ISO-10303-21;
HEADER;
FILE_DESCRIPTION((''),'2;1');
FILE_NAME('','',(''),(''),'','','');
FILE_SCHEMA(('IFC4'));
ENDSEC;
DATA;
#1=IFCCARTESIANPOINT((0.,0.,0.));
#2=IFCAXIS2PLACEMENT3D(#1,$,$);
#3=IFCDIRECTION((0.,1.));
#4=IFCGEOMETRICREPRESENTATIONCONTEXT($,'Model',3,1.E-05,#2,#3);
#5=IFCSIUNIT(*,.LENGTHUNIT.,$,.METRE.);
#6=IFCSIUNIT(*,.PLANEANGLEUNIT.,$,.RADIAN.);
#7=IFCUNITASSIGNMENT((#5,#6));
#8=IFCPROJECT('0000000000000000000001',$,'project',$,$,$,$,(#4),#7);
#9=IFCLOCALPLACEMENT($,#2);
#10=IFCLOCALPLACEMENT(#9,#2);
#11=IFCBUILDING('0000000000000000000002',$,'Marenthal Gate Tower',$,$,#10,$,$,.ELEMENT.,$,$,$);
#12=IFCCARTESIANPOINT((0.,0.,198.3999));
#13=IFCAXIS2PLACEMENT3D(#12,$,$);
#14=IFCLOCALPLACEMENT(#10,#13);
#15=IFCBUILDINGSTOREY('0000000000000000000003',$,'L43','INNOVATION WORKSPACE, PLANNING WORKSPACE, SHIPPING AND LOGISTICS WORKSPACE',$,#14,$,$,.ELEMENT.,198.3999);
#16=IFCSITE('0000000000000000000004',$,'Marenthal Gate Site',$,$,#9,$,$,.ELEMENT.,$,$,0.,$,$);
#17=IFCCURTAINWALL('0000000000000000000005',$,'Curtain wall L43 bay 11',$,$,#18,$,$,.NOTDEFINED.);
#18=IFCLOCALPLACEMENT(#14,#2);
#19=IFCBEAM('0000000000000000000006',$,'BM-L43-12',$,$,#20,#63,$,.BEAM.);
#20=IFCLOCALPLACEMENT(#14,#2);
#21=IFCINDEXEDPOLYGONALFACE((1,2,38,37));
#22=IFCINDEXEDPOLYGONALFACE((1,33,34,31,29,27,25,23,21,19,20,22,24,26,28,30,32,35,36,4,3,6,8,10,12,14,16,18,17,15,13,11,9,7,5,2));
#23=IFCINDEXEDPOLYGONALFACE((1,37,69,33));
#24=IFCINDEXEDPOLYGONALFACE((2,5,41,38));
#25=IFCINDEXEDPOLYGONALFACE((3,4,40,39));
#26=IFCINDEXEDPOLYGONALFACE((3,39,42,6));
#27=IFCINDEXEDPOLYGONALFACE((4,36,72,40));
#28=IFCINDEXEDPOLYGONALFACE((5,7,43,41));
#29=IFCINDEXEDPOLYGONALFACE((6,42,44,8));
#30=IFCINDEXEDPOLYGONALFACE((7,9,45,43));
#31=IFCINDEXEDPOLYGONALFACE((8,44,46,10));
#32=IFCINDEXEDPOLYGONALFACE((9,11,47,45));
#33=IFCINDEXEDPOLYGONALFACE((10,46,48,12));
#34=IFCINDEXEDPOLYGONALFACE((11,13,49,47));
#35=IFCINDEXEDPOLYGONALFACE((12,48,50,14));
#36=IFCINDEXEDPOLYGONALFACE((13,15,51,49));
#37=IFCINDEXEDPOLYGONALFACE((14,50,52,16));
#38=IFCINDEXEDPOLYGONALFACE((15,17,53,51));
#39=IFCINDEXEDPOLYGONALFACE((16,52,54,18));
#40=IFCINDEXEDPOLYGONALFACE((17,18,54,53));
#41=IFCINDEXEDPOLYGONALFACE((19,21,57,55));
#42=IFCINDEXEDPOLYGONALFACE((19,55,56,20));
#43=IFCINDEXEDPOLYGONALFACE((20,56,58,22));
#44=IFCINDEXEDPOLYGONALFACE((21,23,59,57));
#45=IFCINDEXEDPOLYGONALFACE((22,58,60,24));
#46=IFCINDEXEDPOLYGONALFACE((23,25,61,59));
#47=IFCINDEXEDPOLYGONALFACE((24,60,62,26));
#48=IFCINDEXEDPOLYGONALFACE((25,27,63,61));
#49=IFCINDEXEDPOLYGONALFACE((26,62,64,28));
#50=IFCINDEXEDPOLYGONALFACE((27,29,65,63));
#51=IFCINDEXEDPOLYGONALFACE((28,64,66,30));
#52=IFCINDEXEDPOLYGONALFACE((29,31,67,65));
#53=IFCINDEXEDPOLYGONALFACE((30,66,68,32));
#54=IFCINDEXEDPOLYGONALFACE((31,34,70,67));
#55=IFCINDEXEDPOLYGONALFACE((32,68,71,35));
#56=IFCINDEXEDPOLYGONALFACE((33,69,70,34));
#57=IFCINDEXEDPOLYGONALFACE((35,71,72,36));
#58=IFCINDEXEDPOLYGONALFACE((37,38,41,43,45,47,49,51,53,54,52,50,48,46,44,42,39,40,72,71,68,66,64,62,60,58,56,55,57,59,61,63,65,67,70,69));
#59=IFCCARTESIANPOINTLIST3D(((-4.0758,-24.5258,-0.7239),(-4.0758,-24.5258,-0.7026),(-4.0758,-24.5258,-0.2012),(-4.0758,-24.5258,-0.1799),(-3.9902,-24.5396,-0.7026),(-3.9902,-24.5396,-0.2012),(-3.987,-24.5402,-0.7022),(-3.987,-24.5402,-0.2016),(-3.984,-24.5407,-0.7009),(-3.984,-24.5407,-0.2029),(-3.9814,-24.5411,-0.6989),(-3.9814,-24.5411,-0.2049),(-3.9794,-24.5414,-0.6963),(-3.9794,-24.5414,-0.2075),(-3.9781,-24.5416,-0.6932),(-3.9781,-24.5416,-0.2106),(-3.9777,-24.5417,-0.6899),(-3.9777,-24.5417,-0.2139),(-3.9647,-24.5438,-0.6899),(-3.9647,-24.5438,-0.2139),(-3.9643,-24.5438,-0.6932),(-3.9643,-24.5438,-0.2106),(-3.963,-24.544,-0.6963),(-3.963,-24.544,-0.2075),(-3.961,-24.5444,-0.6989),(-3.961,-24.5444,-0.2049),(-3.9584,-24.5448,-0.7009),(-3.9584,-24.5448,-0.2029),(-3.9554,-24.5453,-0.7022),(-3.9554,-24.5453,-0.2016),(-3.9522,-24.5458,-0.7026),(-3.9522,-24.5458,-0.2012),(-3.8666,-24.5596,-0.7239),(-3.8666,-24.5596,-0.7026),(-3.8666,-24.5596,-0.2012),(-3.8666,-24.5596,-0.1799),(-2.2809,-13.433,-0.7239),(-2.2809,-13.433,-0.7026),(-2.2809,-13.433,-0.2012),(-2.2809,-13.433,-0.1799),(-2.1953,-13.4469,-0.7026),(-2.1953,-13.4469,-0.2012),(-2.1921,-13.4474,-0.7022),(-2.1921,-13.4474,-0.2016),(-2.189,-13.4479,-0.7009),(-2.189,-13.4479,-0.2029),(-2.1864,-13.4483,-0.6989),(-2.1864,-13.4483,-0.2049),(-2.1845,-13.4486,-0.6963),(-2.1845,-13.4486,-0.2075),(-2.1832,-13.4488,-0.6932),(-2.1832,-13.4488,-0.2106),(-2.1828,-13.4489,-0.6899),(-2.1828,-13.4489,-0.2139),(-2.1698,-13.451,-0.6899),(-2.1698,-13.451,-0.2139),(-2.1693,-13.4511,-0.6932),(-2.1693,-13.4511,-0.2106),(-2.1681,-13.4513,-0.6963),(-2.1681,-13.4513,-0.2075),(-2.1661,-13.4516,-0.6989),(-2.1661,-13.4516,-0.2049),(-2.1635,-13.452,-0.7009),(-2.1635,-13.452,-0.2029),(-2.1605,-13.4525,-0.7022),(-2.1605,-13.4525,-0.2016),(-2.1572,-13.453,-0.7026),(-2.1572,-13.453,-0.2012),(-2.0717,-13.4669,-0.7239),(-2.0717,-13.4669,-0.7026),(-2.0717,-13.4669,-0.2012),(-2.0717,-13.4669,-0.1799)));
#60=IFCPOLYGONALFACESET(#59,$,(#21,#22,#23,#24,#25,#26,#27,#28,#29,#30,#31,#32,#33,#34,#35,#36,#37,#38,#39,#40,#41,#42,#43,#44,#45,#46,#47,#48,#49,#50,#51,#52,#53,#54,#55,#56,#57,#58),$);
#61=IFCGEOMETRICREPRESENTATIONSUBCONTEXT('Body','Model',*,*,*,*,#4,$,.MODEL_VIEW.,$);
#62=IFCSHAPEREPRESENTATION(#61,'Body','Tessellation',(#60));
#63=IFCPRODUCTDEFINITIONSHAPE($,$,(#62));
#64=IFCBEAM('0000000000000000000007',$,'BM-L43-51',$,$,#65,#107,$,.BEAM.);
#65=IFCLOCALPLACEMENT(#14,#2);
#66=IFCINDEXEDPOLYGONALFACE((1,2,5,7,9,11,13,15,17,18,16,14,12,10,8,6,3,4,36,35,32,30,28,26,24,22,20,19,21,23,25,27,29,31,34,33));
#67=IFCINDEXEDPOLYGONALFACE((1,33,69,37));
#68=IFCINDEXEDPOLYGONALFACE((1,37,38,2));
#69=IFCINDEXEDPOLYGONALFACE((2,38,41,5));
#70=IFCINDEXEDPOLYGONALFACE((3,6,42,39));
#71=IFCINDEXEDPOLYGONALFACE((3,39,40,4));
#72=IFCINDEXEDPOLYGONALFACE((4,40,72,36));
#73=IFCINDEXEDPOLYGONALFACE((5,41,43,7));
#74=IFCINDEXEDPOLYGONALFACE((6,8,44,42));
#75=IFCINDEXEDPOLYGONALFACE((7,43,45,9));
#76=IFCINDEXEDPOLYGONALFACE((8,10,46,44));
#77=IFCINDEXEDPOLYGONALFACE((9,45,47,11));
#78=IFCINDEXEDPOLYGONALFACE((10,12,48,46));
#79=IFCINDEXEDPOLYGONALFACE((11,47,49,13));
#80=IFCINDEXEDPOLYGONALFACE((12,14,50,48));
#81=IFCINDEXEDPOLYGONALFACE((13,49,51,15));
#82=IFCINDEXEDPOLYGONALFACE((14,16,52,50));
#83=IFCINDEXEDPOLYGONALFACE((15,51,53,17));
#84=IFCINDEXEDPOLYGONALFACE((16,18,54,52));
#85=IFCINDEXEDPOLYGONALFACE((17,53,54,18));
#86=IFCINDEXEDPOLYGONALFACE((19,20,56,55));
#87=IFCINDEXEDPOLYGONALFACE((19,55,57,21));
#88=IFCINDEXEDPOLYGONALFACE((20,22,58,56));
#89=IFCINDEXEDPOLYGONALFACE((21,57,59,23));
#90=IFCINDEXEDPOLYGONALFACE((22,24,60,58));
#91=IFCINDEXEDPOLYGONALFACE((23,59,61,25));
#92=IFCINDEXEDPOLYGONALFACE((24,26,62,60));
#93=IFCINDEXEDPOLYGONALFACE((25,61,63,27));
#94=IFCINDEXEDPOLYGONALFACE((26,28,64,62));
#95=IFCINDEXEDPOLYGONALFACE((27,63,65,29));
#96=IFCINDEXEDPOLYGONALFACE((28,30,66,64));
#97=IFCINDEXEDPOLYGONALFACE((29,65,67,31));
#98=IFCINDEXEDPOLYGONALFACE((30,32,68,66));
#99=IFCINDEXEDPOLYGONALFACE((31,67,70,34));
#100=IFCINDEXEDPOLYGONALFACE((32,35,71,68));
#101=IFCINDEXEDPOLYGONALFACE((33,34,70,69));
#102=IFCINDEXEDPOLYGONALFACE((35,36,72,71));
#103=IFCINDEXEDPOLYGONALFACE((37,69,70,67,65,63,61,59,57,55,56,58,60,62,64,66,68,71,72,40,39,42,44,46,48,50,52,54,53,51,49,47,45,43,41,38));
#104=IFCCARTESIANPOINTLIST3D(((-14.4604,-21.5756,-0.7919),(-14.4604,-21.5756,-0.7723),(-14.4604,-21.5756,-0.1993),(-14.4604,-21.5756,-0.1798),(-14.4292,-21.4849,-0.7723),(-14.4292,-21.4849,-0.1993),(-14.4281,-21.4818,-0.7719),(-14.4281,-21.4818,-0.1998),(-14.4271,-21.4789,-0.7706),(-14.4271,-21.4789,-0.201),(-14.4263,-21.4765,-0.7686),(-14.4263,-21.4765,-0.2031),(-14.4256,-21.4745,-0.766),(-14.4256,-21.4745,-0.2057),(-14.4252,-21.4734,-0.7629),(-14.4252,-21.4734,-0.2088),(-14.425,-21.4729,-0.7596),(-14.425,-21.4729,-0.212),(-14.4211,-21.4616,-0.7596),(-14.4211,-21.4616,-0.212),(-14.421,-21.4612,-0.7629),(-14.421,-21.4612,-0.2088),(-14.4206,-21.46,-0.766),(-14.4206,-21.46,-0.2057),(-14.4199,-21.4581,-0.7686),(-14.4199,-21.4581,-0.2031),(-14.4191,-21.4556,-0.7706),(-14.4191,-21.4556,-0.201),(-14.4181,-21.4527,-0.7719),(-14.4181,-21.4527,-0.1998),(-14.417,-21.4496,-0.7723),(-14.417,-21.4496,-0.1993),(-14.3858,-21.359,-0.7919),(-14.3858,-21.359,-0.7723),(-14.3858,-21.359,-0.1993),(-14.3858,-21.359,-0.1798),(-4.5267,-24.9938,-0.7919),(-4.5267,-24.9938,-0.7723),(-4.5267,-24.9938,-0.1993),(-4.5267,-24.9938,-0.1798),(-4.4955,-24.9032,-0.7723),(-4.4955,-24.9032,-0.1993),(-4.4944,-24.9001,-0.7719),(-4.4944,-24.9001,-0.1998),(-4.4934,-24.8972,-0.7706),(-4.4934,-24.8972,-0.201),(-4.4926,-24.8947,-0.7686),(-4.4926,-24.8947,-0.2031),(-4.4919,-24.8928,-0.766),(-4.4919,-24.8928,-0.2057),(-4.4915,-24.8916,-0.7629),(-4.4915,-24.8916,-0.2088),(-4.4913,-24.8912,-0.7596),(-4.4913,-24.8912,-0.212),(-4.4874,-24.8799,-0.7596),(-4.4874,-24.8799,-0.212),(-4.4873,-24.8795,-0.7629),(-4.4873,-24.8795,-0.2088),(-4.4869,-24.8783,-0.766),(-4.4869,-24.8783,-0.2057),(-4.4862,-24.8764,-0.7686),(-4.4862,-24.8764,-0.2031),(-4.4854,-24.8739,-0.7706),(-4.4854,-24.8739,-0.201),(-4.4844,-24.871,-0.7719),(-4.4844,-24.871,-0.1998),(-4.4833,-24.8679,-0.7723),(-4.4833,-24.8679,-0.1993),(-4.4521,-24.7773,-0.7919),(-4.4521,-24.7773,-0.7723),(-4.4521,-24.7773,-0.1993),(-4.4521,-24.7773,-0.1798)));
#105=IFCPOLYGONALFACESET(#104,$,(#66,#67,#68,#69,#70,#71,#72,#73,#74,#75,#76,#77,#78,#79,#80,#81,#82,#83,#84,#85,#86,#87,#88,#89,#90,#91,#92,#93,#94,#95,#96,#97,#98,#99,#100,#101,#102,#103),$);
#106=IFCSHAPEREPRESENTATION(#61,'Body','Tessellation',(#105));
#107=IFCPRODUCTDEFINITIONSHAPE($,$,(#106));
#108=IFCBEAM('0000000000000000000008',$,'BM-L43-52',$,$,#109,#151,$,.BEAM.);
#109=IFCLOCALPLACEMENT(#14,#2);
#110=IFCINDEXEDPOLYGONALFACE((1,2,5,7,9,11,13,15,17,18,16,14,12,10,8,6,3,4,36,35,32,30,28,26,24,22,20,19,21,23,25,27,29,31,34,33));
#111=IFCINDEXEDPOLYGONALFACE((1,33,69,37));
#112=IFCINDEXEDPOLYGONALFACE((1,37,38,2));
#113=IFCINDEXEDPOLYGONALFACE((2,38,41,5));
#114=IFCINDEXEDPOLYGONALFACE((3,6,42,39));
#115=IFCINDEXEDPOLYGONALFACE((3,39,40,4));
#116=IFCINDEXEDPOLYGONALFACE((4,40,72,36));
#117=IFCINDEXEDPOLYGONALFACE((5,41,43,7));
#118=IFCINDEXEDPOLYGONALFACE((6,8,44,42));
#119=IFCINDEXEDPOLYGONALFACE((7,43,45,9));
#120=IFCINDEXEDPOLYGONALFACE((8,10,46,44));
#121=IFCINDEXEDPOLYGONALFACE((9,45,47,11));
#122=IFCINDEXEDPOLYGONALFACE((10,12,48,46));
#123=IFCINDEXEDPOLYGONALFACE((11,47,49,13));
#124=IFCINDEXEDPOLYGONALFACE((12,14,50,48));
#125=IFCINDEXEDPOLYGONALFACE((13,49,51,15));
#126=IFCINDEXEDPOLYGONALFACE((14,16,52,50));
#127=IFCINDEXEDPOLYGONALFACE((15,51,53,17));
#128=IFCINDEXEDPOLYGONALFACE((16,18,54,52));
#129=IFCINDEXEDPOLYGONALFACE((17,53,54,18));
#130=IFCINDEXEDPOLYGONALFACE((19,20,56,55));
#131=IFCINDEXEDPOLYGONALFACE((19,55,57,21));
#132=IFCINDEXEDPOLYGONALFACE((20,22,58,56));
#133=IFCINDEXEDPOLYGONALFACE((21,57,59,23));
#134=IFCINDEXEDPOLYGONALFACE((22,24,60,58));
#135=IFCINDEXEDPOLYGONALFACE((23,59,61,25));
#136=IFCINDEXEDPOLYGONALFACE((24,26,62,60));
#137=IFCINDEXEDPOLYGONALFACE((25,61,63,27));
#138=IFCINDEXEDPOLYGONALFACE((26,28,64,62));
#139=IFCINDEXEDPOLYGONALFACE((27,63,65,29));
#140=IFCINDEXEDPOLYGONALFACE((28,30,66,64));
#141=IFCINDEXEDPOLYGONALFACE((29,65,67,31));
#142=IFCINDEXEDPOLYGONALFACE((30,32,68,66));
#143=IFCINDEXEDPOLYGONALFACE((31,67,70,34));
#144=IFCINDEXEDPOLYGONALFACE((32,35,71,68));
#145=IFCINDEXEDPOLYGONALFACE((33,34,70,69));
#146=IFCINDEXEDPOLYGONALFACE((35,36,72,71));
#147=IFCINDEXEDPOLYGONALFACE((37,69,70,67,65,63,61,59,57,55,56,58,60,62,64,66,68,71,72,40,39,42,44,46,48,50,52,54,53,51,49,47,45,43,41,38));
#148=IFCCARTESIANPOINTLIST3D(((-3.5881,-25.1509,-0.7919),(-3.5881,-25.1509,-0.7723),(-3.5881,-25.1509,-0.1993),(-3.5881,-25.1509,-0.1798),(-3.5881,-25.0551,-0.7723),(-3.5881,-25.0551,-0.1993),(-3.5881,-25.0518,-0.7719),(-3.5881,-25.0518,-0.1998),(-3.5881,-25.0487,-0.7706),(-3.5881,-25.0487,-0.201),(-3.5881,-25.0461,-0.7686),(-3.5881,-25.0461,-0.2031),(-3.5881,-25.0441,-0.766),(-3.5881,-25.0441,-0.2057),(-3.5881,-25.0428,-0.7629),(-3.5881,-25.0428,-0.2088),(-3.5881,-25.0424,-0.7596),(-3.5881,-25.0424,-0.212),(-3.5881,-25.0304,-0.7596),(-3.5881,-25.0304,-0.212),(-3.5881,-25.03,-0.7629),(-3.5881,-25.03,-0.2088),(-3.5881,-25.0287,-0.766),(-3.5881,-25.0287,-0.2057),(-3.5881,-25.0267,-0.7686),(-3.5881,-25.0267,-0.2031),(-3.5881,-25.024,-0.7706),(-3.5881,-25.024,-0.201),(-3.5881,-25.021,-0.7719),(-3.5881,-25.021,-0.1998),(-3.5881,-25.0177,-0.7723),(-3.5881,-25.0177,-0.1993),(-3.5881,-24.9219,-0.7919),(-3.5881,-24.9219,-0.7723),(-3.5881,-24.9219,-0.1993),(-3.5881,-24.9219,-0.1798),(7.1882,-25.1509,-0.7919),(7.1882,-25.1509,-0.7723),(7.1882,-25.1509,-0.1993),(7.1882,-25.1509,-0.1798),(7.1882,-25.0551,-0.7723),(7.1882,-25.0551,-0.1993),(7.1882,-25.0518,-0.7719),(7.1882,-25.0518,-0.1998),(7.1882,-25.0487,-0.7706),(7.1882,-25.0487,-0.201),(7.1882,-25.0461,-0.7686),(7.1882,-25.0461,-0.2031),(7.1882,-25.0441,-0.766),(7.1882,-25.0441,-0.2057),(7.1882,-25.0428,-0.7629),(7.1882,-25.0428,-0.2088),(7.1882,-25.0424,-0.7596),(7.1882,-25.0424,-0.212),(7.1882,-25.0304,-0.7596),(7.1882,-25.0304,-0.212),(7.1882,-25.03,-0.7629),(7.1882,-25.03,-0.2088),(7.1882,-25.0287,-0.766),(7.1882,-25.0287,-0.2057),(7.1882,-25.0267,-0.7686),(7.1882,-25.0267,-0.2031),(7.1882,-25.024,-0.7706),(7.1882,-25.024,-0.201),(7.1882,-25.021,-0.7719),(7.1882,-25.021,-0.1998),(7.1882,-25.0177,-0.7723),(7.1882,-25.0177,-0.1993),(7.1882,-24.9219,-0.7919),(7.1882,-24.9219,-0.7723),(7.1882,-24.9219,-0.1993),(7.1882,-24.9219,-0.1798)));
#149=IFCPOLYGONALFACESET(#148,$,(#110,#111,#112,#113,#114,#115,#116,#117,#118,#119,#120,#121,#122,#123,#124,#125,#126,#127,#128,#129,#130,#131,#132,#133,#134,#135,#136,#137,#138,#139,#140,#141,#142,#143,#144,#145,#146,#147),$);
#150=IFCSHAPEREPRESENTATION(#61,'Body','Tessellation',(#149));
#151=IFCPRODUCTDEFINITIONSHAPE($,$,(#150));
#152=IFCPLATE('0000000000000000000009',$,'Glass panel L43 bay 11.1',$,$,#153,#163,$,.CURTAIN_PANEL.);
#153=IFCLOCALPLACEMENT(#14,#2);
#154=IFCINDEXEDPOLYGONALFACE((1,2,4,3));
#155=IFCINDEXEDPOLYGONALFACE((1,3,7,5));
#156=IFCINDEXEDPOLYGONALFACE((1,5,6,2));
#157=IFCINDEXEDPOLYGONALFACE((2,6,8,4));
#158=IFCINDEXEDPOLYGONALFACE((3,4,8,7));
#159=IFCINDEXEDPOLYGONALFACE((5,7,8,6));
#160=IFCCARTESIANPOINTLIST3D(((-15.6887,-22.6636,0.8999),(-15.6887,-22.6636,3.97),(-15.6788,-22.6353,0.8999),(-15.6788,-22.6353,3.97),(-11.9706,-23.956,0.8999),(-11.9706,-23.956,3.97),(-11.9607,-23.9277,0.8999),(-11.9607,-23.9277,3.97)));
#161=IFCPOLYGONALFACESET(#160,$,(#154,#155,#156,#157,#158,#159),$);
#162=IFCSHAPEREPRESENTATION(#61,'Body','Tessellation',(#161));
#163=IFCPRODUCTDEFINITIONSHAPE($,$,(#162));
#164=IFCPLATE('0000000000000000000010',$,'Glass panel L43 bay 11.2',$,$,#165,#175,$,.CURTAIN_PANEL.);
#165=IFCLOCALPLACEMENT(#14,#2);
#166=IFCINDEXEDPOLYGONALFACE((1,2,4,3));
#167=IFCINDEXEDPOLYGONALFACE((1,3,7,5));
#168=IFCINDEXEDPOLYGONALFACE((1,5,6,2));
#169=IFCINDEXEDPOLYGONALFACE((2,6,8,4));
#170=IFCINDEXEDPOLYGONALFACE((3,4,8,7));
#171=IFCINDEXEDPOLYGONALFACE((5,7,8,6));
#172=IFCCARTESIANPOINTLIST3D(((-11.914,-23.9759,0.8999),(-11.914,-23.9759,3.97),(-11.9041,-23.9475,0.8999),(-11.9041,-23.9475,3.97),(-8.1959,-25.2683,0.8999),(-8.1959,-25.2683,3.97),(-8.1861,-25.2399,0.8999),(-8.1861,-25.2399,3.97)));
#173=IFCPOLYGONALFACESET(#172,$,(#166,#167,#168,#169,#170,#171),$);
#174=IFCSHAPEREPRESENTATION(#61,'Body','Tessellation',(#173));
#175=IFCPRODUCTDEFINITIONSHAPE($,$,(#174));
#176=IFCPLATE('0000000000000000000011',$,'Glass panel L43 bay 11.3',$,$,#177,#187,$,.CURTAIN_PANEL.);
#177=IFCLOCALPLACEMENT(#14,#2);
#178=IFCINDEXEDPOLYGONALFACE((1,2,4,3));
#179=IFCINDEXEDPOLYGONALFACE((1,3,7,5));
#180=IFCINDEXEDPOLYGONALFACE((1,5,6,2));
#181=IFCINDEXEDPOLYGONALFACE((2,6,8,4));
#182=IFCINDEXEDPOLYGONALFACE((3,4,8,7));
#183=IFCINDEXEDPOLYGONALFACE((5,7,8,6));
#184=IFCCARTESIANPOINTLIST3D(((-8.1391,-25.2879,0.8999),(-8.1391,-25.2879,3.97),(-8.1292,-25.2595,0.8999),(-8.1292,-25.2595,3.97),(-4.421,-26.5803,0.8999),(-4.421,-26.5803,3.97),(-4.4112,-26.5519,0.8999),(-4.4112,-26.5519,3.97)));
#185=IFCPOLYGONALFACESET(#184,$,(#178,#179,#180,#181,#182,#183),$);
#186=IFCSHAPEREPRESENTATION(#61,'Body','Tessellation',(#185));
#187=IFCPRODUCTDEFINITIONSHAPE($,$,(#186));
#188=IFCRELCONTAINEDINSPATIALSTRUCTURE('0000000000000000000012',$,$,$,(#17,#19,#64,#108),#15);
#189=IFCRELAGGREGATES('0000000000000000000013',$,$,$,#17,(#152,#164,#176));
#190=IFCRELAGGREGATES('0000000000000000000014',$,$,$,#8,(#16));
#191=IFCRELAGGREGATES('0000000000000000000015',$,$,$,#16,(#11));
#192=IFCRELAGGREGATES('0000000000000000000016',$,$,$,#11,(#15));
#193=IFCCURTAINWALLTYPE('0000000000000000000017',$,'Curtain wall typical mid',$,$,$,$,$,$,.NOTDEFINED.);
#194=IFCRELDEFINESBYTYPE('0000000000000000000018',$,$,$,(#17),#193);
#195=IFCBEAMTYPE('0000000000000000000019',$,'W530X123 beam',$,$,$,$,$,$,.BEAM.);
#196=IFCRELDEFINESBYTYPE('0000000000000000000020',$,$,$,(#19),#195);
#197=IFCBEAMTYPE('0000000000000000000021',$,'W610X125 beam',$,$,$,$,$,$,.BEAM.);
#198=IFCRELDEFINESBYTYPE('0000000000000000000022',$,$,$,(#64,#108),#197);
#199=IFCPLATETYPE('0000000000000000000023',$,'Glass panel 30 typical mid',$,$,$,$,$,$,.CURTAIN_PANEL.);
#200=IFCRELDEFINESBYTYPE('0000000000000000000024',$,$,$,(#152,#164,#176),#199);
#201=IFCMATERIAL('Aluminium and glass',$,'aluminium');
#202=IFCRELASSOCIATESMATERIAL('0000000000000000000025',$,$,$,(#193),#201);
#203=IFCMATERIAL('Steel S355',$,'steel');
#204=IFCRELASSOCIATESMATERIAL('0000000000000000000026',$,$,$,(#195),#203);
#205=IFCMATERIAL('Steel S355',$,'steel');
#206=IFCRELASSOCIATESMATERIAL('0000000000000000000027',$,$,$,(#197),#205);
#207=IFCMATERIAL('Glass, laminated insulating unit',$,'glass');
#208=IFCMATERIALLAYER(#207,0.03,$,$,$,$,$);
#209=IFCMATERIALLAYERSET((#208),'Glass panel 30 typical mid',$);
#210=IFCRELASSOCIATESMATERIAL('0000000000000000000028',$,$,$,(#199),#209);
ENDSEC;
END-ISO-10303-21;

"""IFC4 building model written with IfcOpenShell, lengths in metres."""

from ifc_helpers import new_model, si_unit, direction, frame, origin, origin_2d, place, context, subcontext, project, spatial, rectangle, i_section, extrude, material, layer, layer_set, material_profile, profile_set, type_object, element, aggregate, save


model = new_model("IFC4")

# Units and contexts
model_context = context("Model", 3, precision=1e-05, world=origin(), true_north=direction((0.0, 1.0)))
body_context = subcontext(model_context, "Body", "Model", "MODEL_VIEW")
ifc_project = project(units=[si_unit("LENGTHUNIT", "METRE"), si_unit("PLANEANGLEUNIT", "RADIAN")], contexts=[model_context])

# Site, building, storey
site_placement = place(None, origin())
site = spatial("IfcSite", under=ifc_project, at=site_placement, Name="Marenthal Gate Site", CompositionType="ELEMENT", RefElevation=0.0)
building_placement = place(site_placement, origin())
building = spatial("IfcBuilding", under=site, at=building_placement, Name="Marenthal Gate Tower", CompositionType="ELEMENT")
storey_placement = place(building_placement, frame((0.0, 0.0, 198.3999)))
storey = spatial("IfcBuildingStorey", under=building, at=storey_placement, Name="L43", Description="INNOVATION WORKSPACE, PLANNING WORKSPACE, SHIPPING AND LOGISTICS WORKSPACE", CompositionType="ELEMENT", Elevation=198.3999)

# Curtain wall
ifc_material_1 = material(Name="Aluminium and glass", Category="aluminium")
curtain_wall_type = type_object("IfcCurtainWallType", Name="Curtain wall typical mid", PredefinedType="NOTDEFINED", material=ifc_material_1)
curtain_wall_placement = place(storey_placement, origin())
curtain_wall = element("IfcCurtainWall", 1, at=curtain_wall_placement, inside=storey, type_object=curtain_wall_type, Name="Curtain wall L43 bay 11", PredefinedType="NOTDEFINED")

# Beams
ifc_material_2 = material(Name="Steel S355", Category="steel")
ifc_material_profile_1 = material_profile(ifc_material_2, i_section(OverallWidth=0.2119, OverallDepth=0.5439, WebThickness=0.0132, FlangeThickness=0.0212, FilletRadius=0.0127, at=origin_2d()), Name="W530X123")
ifc_profile_set_1 = profile_set([ifc_material_profile_1], Name="Steel S355")
beam_type_1 = type_object("IfcBeamType", Name="W530X123 beam", PredefinedType="BEAM", material=ifc_profile_set_1)
beam_1_placement = place(storey_placement, frame((-3.9712, -24.5427, -0.4519), z_axis=(0.159732, 0.98716, 0.0), x_axis=(-0.98716, 0.159732, 0.0)))
element("IfcBeam", 2, at=beam_1_placement, inside=storey, type_object=beam_type_1, Name="BM-L43-12", PredefinedType="BEAM", context=body_context, shape_type="SweptSolid", body=[
    extrude(i_section(OverallWidth=0.2119, OverallDepth=0.5439, WebThickness=0.0132, FlangeThickness=0.0212, FilletRadius=0.0127, at=origin_2d()), origin(), (0.0, 0.0, 1.0), 11.2371),
])
ifc_material_3 = material(Name="Steel S355", Category="steel")
ifc_material_profile_2 = material_profile(ifc_material_3, i_section(OverallWidth=0.229, OverallDepth=0.6121, WebThickness=0.012, FlangeThickness=0.0195, FilletRadius=0.0127, at=origin_2d()), Name="W610X125")
ifc_profile_set_2 = profile_set([ifc_material_profile_2], Name="Steel S355")
beam_type_2 = type_object("IfcBeamType", Name="W610X125 beam", PredefinedType="BEAM", material=ifc_profile_set_2)
beam_2_placement = place(storey_placement, frame((-14.4231, -21.4673, -0.4858), z_axis=(0.945583, -0.325381, 0.0), x_axis=(0.325381, 0.945583, 0.0)))
element("IfcBeam", 3, at=beam_2_placement, inside=storey, type_object=beam_type_2, Name="BM-L43-51", PredefinedType="BEAM", context=body_context, shape_type="SweptSolid", body=[
    extrude(i_section(OverallWidth=0.229, OverallDepth=0.6121, WebThickness=0.012, FlangeThickness=0.0195, FilletRadius=0.0127, at=origin_2d()), origin(), (0.0, 0.0, 1.0), 10.5054),
])
beam_3_placement = place(storey_placement, frame((-3.5881, -25.0364, -0.4858), z_axis=(1.0, 0.0, 0.0), x_axis=(0.0, 1.0, 0.0)))
element("IfcBeam", 4, at=beam_3_placement, inside=storey, type_object=beam_type_2, Name="BM-L43-52", PredefinedType="BEAM", context=body_context, shape_type="SweptSolid", body=[
    extrude(i_section(OverallWidth=0.229, OverallDepth=0.6121, WebThickness=0.012, FlangeThickness=0.0195, FilletRadius=0.0127, at=origin_2d()), origin(), (0.0, 0.0, 1.0), 10.7764),
])

# Plates
ifc_material_4 = material(Name="Glass, laminated insulating unit", Category="glass")
ifc_layer_1 = layer(ifc_material_4, 0.03)
ifc_layer_set_1 = layer_set([ifc_layer_1], Name="Glass panel 30 typical mid")
plate_type = type_object("IfcPlateType", Name="Glass panel 30 typical mid", PredefinedType="CURTAIN_PANEL", material=ifc_layer_set_1)
plate_1_placement = place(storey_placement, frame((-13.8247, -23.2957, 0.8999), z_axis=(0.0, 0.0, 1.0), x_axis=(0.944562, -0.328332, 0.0)))
plate_1 = element("IfcPlate", 5, at=plate_1_placement, type_object=plate_type, Name="Glass panel L43 bay 11.1", PredefinedType="CURTAIN_PANEL", context=body_context, shape_type="SweptSolid", body=[
    extrude(rectangle(XDim=3.9363, YDim=0.03, at=origin_2d()), origin(), (0.0, 0.0, 1.0), 3.0701),
])
plate_2_placement = place(storey_placement, frame((-10.05, -24.6079, 0.8999), z_axis=(0.0, 0.0, 1.0), x_axis=(0.944562, -0.328332, 0.0)))
plate_2 = element("IfcPlate", 6, at=plate_2_placement, type_object=plate_type, Name="Glass panel L43 bay 11.2", PredefinedType="CURTAIN_PANEL", context=body_context, shape_type="SweptSolid", body=[
    extrude(rectangle(XDim=3.9363, YDim=0.03, at=origin_2d()), origin(), (0.0, 0.0, 1.0), 3.0701),
])
plate_3_placement = place(storey_placement, frame((-6.2751, -25.9199, 0.8999), z_axis=(0.0, 0.0, 1.0), x_axis=(0.944562, -0.328332, 0.0)))
plate_3 = element("IfcPlate", 7, at=plate_3_placement, type_object=plate_type, Name="Glass panel L43 bay 11.3", PredefinedType="CURTAIN_PANEL", context=body_context, shape_type="SweptSolid", body=[
    extrude(rectangle(XDim=3.9363, YDim=0.03, at=origin_2d()), origin(), (0.0, 0.0, 1.0), 3.0701),
])
aggregate(curtain_wall, [plate_1, plate_2, plate_3])

save(model, "model.ifc")
